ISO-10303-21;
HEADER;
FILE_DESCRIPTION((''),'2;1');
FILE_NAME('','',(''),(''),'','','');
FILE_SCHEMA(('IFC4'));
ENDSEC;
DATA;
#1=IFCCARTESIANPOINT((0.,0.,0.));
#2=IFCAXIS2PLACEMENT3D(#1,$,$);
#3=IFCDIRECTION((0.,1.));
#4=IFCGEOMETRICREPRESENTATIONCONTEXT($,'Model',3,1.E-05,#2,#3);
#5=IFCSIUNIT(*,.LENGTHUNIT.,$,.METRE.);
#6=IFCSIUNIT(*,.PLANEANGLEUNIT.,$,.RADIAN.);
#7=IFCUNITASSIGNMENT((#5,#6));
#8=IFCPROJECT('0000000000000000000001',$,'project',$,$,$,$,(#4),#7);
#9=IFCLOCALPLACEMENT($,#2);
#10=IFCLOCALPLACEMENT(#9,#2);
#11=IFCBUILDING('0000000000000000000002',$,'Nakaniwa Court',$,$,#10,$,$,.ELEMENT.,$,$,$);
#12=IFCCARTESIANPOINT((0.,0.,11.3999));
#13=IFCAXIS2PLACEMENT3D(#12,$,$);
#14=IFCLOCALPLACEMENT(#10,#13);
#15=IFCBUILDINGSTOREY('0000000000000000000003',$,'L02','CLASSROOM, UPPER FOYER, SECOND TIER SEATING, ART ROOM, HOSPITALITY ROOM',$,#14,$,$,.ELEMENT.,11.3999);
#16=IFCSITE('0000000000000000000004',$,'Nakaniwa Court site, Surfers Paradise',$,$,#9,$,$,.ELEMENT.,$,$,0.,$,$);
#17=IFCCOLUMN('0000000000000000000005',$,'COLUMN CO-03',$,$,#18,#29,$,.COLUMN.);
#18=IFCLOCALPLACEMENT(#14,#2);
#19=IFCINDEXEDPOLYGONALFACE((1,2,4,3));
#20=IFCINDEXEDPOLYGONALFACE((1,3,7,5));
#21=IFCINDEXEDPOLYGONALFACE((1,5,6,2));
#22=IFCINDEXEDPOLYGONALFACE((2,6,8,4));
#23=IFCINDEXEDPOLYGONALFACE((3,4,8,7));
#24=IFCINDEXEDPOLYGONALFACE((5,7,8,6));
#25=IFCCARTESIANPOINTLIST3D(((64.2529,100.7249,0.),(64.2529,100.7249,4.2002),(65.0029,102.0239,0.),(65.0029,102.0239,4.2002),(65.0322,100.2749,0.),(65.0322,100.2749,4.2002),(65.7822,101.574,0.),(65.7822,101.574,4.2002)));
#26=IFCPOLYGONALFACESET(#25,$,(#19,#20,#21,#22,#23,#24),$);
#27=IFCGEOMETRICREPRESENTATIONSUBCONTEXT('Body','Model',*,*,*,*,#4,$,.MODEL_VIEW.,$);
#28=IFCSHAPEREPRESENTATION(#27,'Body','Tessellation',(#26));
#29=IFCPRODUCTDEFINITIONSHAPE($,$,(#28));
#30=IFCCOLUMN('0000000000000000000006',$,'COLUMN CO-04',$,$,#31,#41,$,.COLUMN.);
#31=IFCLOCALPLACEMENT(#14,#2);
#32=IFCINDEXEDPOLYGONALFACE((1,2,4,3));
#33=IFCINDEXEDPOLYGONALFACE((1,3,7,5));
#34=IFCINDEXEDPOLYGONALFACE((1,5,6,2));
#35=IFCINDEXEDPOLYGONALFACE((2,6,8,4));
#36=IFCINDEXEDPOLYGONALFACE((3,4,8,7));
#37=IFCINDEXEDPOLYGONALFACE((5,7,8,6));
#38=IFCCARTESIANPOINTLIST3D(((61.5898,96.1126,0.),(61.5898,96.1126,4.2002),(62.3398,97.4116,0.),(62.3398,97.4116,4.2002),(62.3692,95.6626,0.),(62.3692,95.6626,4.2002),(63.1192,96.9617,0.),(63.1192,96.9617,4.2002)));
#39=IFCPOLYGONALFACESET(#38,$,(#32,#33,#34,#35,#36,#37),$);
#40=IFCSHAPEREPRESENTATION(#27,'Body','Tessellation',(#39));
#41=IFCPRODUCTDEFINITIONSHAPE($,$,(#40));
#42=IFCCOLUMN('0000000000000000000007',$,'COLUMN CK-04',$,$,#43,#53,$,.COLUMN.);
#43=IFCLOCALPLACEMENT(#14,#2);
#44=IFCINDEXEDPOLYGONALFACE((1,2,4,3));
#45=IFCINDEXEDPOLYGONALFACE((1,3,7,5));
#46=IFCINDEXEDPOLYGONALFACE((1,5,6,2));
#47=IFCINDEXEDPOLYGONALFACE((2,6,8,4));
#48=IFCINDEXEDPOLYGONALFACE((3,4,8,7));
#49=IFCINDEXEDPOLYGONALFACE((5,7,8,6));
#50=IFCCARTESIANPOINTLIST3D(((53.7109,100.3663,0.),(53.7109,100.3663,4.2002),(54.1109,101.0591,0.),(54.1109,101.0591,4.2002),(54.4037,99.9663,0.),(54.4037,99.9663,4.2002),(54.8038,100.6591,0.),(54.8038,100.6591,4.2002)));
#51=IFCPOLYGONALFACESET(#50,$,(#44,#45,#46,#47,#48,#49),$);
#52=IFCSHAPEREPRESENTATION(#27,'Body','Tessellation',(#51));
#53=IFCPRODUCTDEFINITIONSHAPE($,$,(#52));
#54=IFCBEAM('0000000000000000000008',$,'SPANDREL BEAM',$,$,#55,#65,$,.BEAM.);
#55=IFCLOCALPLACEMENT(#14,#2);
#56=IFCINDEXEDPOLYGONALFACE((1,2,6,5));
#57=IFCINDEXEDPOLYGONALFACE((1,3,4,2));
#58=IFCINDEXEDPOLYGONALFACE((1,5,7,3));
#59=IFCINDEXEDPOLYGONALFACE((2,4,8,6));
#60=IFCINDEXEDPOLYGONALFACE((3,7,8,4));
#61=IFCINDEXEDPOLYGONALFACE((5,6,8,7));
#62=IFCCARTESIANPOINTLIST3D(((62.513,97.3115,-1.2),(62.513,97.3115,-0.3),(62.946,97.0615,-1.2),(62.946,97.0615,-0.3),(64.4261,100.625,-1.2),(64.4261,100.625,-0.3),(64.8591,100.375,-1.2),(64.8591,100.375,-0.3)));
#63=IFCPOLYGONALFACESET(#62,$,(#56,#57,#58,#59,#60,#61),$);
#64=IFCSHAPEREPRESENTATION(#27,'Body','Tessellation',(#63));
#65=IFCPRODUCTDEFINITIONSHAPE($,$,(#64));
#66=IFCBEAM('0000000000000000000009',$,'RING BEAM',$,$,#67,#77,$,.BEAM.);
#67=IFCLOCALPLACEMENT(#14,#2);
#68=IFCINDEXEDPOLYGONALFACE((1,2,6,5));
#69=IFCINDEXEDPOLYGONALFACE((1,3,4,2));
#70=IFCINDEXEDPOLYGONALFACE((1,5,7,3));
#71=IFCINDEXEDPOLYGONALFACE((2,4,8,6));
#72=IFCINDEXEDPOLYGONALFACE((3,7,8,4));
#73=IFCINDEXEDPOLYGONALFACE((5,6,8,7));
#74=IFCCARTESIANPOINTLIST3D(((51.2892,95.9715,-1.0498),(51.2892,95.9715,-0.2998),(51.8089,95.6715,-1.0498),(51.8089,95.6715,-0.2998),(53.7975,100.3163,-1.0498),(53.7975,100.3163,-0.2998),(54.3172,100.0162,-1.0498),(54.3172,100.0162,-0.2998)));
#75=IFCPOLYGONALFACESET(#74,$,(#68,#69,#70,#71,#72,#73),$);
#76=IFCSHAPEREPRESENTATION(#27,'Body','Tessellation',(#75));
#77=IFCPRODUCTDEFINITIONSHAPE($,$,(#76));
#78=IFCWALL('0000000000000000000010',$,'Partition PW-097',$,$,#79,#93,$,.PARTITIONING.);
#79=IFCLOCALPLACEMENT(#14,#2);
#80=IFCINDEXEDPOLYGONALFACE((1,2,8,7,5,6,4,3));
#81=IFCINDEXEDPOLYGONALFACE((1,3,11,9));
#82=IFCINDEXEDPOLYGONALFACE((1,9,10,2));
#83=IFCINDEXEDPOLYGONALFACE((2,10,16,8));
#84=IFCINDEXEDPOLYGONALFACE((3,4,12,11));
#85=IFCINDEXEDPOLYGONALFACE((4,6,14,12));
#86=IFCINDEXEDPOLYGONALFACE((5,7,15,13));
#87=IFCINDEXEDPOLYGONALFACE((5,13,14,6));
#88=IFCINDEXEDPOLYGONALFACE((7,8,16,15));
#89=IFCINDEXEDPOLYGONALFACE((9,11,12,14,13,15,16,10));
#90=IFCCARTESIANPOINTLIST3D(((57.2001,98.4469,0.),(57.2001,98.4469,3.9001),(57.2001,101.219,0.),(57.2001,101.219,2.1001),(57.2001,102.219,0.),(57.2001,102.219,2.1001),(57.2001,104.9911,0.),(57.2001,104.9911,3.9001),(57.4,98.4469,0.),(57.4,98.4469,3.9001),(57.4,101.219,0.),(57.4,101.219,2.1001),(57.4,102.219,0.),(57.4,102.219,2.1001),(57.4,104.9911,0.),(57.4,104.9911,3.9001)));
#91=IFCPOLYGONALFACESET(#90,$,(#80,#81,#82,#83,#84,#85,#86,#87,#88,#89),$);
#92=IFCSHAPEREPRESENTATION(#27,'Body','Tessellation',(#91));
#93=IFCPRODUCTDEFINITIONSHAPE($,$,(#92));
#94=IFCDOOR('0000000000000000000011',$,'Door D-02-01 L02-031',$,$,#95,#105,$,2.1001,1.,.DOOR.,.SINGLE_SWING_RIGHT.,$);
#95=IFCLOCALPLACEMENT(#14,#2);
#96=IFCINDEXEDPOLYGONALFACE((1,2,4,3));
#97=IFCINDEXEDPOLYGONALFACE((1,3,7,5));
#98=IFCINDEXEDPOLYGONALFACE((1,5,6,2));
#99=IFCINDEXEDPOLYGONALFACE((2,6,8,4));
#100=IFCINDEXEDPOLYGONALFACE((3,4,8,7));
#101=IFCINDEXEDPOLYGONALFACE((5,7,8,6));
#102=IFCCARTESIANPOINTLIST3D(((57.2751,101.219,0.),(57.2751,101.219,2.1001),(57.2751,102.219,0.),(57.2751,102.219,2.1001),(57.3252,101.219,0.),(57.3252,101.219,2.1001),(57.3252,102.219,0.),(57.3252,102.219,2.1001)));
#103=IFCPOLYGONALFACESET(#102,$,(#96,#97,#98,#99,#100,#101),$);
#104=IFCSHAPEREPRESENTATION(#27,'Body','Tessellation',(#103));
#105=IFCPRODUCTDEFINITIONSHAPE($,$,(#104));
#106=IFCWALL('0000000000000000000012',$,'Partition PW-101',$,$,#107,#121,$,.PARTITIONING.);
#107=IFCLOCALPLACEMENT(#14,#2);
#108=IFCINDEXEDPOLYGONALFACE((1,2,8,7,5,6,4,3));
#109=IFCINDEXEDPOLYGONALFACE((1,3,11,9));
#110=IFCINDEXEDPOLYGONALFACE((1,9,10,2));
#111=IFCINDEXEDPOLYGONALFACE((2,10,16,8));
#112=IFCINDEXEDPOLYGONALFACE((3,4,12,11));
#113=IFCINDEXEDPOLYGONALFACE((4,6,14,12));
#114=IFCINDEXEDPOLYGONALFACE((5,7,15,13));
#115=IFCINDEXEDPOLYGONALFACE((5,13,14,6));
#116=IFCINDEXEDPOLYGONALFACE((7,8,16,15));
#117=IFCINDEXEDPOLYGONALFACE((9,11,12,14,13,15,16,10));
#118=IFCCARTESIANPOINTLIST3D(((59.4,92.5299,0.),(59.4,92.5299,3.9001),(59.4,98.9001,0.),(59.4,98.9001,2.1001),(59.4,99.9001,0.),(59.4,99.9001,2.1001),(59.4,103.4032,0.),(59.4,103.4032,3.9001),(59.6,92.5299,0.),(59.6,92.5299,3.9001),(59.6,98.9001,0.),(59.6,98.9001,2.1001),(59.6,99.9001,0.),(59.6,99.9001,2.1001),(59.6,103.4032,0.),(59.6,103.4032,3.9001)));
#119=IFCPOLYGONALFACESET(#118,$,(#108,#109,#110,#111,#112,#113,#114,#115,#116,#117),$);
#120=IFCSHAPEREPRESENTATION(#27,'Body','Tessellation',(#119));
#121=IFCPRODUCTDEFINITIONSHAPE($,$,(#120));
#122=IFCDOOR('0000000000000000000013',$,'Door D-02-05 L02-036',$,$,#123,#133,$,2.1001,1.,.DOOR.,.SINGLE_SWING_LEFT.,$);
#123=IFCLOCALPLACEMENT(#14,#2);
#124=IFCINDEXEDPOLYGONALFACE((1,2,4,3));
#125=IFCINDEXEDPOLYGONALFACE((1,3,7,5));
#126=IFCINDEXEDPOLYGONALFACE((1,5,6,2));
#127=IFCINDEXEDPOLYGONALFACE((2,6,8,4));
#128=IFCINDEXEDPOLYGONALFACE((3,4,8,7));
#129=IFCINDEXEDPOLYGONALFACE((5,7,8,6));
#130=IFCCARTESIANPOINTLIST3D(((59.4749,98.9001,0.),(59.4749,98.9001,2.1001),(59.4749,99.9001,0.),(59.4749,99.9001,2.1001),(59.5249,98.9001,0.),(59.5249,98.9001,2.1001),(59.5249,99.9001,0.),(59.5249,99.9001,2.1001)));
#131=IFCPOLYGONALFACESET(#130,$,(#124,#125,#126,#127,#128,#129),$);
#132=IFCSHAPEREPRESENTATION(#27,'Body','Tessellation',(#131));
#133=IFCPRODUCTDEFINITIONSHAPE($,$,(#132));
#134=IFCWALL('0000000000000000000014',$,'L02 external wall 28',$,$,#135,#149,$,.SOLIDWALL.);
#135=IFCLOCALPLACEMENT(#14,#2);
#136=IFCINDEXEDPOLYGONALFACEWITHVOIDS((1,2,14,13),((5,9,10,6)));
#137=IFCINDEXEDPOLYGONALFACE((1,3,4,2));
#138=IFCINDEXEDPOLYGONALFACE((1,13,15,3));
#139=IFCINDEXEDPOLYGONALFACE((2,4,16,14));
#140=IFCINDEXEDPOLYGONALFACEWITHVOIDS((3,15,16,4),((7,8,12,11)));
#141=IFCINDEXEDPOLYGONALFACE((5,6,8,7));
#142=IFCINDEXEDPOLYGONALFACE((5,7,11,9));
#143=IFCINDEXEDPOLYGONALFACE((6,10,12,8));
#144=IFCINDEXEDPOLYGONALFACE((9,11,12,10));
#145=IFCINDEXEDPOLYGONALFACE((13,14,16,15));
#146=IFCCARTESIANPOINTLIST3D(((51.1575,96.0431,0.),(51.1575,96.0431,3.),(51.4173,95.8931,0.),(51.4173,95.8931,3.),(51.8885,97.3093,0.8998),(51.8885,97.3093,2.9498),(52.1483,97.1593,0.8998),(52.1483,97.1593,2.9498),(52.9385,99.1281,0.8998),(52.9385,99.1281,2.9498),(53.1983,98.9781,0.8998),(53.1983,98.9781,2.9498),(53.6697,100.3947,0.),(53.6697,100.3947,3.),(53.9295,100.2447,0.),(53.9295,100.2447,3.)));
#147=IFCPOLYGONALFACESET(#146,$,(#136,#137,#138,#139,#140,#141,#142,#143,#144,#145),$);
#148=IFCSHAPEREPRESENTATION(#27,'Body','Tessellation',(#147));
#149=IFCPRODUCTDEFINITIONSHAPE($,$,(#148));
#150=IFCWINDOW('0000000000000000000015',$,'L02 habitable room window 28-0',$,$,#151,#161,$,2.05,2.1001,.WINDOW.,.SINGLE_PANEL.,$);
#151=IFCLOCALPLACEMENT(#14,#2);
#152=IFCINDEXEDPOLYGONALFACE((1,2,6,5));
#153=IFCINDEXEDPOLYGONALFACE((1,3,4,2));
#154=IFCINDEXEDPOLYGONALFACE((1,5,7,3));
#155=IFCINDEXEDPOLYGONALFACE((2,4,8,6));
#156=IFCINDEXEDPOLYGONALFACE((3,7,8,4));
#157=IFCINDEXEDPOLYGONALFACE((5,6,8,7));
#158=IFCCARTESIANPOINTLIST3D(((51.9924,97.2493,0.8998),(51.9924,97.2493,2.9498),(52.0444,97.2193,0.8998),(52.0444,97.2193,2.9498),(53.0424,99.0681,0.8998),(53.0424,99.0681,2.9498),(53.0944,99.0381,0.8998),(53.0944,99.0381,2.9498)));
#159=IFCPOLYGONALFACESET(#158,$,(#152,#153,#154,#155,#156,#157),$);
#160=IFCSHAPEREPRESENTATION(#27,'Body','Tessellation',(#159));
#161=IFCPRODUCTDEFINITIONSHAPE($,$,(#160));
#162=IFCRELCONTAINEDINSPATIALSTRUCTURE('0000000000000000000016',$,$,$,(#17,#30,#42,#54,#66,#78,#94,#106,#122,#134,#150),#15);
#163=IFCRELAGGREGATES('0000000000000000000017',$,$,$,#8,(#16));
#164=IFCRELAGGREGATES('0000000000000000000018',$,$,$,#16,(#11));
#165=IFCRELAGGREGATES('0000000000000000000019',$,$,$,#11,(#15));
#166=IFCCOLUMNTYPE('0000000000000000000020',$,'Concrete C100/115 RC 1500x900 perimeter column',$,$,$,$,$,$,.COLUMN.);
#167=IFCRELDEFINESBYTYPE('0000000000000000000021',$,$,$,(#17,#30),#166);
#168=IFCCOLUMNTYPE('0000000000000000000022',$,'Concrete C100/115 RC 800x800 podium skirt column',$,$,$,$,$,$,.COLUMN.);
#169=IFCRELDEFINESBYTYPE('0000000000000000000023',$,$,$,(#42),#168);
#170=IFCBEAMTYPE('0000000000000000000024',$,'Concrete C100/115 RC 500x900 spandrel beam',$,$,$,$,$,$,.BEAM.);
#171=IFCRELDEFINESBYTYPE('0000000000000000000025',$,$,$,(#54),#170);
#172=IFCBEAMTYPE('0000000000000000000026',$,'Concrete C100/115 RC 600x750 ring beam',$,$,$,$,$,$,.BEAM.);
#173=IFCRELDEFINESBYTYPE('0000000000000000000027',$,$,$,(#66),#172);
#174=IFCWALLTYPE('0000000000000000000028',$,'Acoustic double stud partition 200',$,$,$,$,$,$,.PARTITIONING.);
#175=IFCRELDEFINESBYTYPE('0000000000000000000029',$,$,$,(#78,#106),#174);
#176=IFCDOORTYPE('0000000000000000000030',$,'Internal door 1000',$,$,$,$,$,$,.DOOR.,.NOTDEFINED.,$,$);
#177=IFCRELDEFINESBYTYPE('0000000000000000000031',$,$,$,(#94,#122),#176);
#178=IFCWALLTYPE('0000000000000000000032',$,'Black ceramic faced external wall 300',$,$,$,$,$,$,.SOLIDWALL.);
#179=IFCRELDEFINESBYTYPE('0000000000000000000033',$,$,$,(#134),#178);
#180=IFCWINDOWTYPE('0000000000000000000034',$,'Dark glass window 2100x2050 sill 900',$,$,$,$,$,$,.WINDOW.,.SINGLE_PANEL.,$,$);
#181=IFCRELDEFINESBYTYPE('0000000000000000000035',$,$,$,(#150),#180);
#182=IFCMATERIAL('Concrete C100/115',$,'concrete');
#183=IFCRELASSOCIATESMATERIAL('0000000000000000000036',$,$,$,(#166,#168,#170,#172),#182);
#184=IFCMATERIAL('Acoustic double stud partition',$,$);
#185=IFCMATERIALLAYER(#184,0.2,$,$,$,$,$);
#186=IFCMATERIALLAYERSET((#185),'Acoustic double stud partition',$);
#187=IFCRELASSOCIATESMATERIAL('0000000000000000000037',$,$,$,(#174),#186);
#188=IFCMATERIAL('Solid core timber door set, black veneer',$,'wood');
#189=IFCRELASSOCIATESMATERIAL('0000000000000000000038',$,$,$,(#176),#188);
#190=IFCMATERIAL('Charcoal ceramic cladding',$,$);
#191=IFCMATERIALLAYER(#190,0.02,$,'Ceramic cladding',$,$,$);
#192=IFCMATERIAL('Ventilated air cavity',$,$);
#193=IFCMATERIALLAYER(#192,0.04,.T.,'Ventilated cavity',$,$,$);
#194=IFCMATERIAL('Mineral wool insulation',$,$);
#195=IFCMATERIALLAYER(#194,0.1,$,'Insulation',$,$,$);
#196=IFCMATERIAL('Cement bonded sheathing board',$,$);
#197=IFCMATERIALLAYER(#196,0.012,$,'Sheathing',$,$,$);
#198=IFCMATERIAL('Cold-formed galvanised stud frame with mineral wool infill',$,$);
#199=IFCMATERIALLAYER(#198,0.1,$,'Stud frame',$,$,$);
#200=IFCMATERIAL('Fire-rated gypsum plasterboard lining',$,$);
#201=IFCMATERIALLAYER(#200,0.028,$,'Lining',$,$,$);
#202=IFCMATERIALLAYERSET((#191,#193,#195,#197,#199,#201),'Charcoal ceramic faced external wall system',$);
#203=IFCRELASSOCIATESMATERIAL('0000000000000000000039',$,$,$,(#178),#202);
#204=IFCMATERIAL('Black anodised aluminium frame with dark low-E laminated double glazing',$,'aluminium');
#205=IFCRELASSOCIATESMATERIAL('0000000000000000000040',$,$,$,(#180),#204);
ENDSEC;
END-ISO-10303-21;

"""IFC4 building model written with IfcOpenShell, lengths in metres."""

from ifc_helpers import new_model, si_unit, direction, frame, frame_2d, origin, origin_2d, place, context, subcontext, project, spatial, rectangle, extrude, material, layer, layer_set, material_profile, profile_set, type_object, element, fill, save


model = new_model("IFC4")

# Units and contexts
model_context = context("Model", 3, precision=1e-05, world=origin(), true_north=direction((0.0, 1.0)))
body_context = subcontext(model_context, "Body", "Model", "MODEL_VIEW")
ifc_project = project(units=[si_unit("LENGTHUNIT", "METRE"), si_unit("PLANEANGLEUNIT", "RADIAN")], contexts=[model_context])

# Site, building, storey
site_placement = place(None, origin())
site = spatial("IfcSite", under=ifc_project, at=site_placement, Name="Nakaniwa Court site, Surfers Paradise", CompositionType="ELEMENT", RefElevation=0.0)
building_placement = place(site_placement, origin())
building = spatial("IfcBuilding", under=site, at=building_placement, Name="Nakaniwa Court", CompositionType="ELEMENT")
storey_placement = place(building_placement, frame((0.0, 0.0, 11.3999)))
storey = spatial("IfcBuildingStorey", under=building, at=storey_placement, Name="L02", Description="CLASSROOM, UPPER FOYER, SECOND TIER SEATING, ART ROOM, HOSPITALITY ROOM", CompositionType="ELEMENT", Elevation=11.3999)

# Columns
ifc_material_1 = material(Name="Concrete C100/115", Category="concrete")
ifc_material_profile_1 = material_profile(ifc_material_1, rectangle(XDim=1.5, YDim=0.8999, at=origin_2d()), Name="Concrete C100/115 RC 1500x900 perimeter column")
ifc_profile_set_1 = profile_set([ifc_material_profile_1], Name="Concrete C100/115")
column_type_1 = type_object("IfcColumnType", Name="Concrete C100/115 RC 1500x900 perimeter column", PredefinedType="COLUMN", material=ifc_profile_set_1)
for number, where, z_axis, x_axis, name in (
    (1, (65.0176, 101.1494, 0.0), (0.0, 0.0, 1.0), (-0.5, -0.866025, 0.0), "COLUMN CO-03"),
    (2, (62.3545, 96.5371, 0.0), (0.0, 0.0, 1.0), (-0.5, -0.866025, 0.0), "COLUMN CO-04"),
):
    element("IfcColumn", number, at=place(storey_placement, frame(where, z_axis=z_axis, x_axis=x_axis)), inside=storey, type_object=column_type_1, Name=name, PredefinedType="COLUMN", context=body_context, shape_type="SweptSolid", body=[
        extrude(rectangle(XDim=1.5, YDim=0.8999, at=origin_2d()), origin(), (0.0, 0.0, 1.0), 4.2002),
    ])
ifc_material_profile_2 = material_profile(ifc_material_1, rectangle(XDim=0.8, YDim=0.8, at=origin_2d()), Name="Concrete C100/115 RC 800x800 podium skirt column")
ifc_profile_set_2 = profile_set([ifc_material_profile_2], Name="Concrete C100/115")
column_type_2 = type_object("IfcColumnType", Name="Concrete C100/115 RC 800x800 podium skirt column", PredefinedType="COLUMN", material=ifc_profile_set_2)
column_placement = place(storey_placement, frame((54.2573, 100.5127, 0.0), z_axis=(0.0, 0.0, 1.0), x_axis=(-0.5, -0.866025, 0.0)))
element("IfcColumn", 3, at=column_placement, inside=storey, type_object=column_type_2, Name="COLUMN CK-04", PredefinedType="COLUMN", context=body_context, shape_type="SweptSolid", body=[
    extrude(rectangle(XDim=0.8, YDim=0.8, at=origin_2d()), origin(), (0.0, 0.0, 1.0), 4.2002),
])

# Beams
ifc_material_profile_3 = material_profile(ifc_material_1, rectangle(XDim=0.5, YDim=0.8999, at=origin_2d()), Name="Concrete C100/115 RC 500x900 spandrel beam")
ifc_profile_set_3 = profile_set([ifc_material_profile_3], Name="Concrete C100/115")
beam_type_1 = type_object("IfcBeamType", Name="Concrete C100/115 RC 500x900 spandrel beam", PredefinedType="BEAM", material=ifc_profile_set_3)
beam_1_placement = place(storey_placement, frame((64.6426, 100.5, -0.75), z_axis=(-0.50001, -0.86602, 0.0), x_axis=(0.86602, -0.50001, 0.0)))
element("IfcBeam", 4, at=beam_1_placement, inside=storey, type_object=beam_type_1, Name="SPANDREL BEAM", PredefinedType="BEAM", context=body_context, shape_type="SweptSolid", body=[
    extrude(rectangle(XDim=0.5, YDim=0.8999, at=origin_2d()), origin(), (0.0, 0.0, 1.0), 3.8262),
])
ifc_material_profile_4 = material_profile(ifc_material_1, rectangle(XDim=0.6001, YDim=0.75, at=origin_2d()), Name="Concrete C100/115 RC 600x750 ring beam")
ifc_profile_set_4 = profile_set([ifc_material_profile_4], Name="Concrete C100/115")
beam_type_2 = type_object("IfcBeamType", Name="Concrete C100/115 RC 600x750 ring beam", PredefinedType="BEAM", material=ifc_profile_set_4)
beam_2_placement = place(storey_placement, frame((54.0574, 100.1663, -0.6748), z_axis=(-0.499981, -0.866036, 0.0), x_axis=(0.866036, -0.499981, 0.0)))
element("IfcBeam", 5, at=beam_2_placement, inside=storey, type_object=beam_type_2, Name="RING BEAM", PredefinedType="BEAM", context=body_context, shape_type="SweptSolid", body=[
    extrude(rectangle(XDim=0.6001, YDim=0.75, at=origin_2d()), origin(), (0.0, 0.0, 1.0), 5.0168),
])

# Walls, openings, doors
ifc_material_2 = material(Name="Acoustic double stud partition")
ifc_layer_1 = layer(ifc_material_2, 0.2)
ifc_layer_set_1 = layer_set([ifc_layer_1], Name="Acoustic double stud partition")
wall_type_1 = type_object("IfcWallType", Name="Acoustic double stud partition 200", PredefinedType="PARTITIONING", material=ifc_layer_set_1)
wall_1_placement = place(storey_placement, frame((57.3, 98.447, 0.0), z_axis=(0.0, 0.0, 1.0), x_axis=(0.0, 1.0, 0.0)))
wall_1 = element("IfcWall", 6, at=wall_1_placement, inside=storey, type_object=wall_type_1, Name="Partition PW-097", PredefinedType="PARTITIONING", context=body_context, shape_type="SweptSolid", body=[
    extrude(rectangle(XDim=6.5442, YDim=0.2, at=frame_2d((3.272, 0.0))), origin(), (0.0, 0.0, 1.0), 3.9001),
])
opening_1_placement = place(wall_1_placement, frame((2.772, 0.0, 0.0)))
opening_1 = element("IfcOpeningElement", 7, at=opening_1_placement, cuts=wall_1, PredefinedType="OPENING", context=body_context, shape_type="SweptSolid", body=[
    extrude(rectangle(XDim=1.0, YDim=2.1001, at=frame_2d((0.5, 1.05))), frame((0.0, 0.1099, 0.0), z_axis=(0.0, -1.0, 0.0), x_axis=(1.0, 0.0, 0.0)), (0.0, 0.0, 1.0), 0.22),
])
ifc_material_3 = material(Name="Solid core timber door set, black veneer", Category="wood")
door_type_1 = type_object("IfcDoorType", Name="Internal door 1000", OperationType="NOTDEFINED", PredefinedType="DOOR", material=ifc_material_3)
door_1_placement = place(opening_1_placement, origin())
door_1 = element("IfcDoor", 8, at=door_1_placement, inside=storey, type_object=door_type_1, Name="Door D-02-01 L02-031", OperationType="SINGLE_SWING_RIGHT", OverallHeight=2.1001, OverallWidth=1.0, PredefinedType="DOOR", context=body_context, shape_type="SweptSolid", body=[
    extrude(rectangle(XDim=1.0, YDim=2.1001, at=frame_2d((0.5, 1.05))), frame((0.0, 0.0249, 0.0), z_axis=(0.0, -1.0, 0.0), x_axis=(1.0, 0.0, 0.0)), (0.0, 0.0, 1.0), 0.05),
])
fill(opening_1, door_1)
wall_2_placement = place(storey_placement, frame((59.5, 103.4031, 0.0), z_axis=(0.0, 0.0, 1.0), x_axis=(0.0, -1.0, 0.0)))
wall_2 = element("IfcWall", 9, at=wall_2_placement, inside=storey, type_object=wall_type_1, Name="Partition PW-101", PredefinedType="PARTITIONING", context=body_context, shape_type="SweptSolid", body=[
    extrude(rectangle(XDim=10.8733, YDim=0.2, at=frame_2d((5.4365, 0.0))), origin(), (0.0, 0.0, 1.0), 3.9001),
])
opening_2_placement = place(wall_2_placement, frame((3.5029, 0.0, 0.0)))
opening_2 = element("IfcOpeningElement", 10, at=opening_2_placement, cuts=wall_2, PredefinedType="OPENING", context=body_context, shape_type="SweptSolid", body=[
    extrude(rectangle(XDim=1.0, YDim=2.1001, at=frame_2d((0.5, 1.05))), frame((0.0, 0.1099, 0.0), z_axis=(0.0, -1.0, 0.0), x_axis=(1.0, 0.0, 0.0)), (0.0, 0.0, 1.0), 0.22),
])
door_2_placement = place(opening_2_placement, origin())
door_2 = element("IfcDoor", 11, at=door_2_placement, inside=storey, type_object=door_type_1, Name="Door D-02-05 L02-036", OperationType="SINGLE_SWING_LEFT", OverallHeight=2.1001, OverallWidth=1.0, PredefinedType="DOOR", context=body_context, shape_type="SweptSolid", body=[
    extrude(rectangle(XDim=1.0, YDim=2.1001, at=frame_2d((0.5, 1.05))), frame((0.0, 0.0249, 0.0), z_axis=(0.0, -1.0, 0.0), x_axis=(1.0, 0.0, 0.0)), (0.0, 0.0, 1.0), 0.05),
])
fill(opening_2, door_2)

# Wall, opening, window
ifc_material_4 = material(Name="Charcoal ceramic cladding")
ifc_layer_2 = layer(ifc_material_4, 0.02, Name="Ceramic cladding")
ifc_material_5 = material(Name="Ventilated air cavity")
ifc_layer_3 = layer(ifc_material_5, 0.04, ventilated=True, Name="Ventilated cavity")
ifc_material_6 = material(Name="Mineral wool insulation")
ifc_layer_4 = layer(ifc_material_6, 0.1, Name="Insulation")
ifc_material_7 = material(Name="Cement bonded sheathing board")
ifc_layer_5 = layer(ifc_material_7, 0.012, Name="Sheathing")
ifc_material_8 = material(Name="Cold-formed galvanised stud frame with mineral wool infill")
ifc_layer_6 = layer(ifc_material_8, 0.1, Name="Stud frame")
ifc_material_9 = material(Name="Fire-rated gypsum plasterboard lining")
ifc_layer_7 = layer(ifc_material_9, 0.028, Name="Lining")
ifc_layer_set_2 = layer_set([ifc_layer_2, ifc_layer_3, ifc_layer_4, ifc_layer_5, ifc_layer_6, ifc_layer_7], Name="Charcoal ceramic faced external wall system")
wall_type_2 = type_object("IfcWallType", Name="Black ceramic faced external wall 300", PredefinedType="SOLIDWALL", material=ifc_layer_set_2)
wall_3_placement = place(storey_placement, frame((53.7996, 100.3196, 0.0), z_axis=(0.0, 0.0, 1.0), x_axis=(-0.499975, -0.86604, 0.0)))
wall_3 = element("IfcWall", 12, at=wall_3_placement, inside=storey, type_object=wall_type_2, Name="L02 external wall 28", PredefinedType="SOLIDWALL", context=body_context, shape_type="SweptSolid", body=[
    extrude(rectangle(XDim=5.0247, YDim=0.3, at=frame_2d((2.5122, 0.0))), origin(), (0.0, 0.0, 1.0), 3.0),
])
opening_3_placement = place(wall_3_placement, frame((1.4624, 0.0, 0.8999)))
opening_3 = element("IfcOpeningElement", 13, at=opening_3_placement, cuts=wall_3, PredefinedType="OPENING", context=body_context, shape_type="SweptSolid", body=[
    extrude(rectangle(XDim=2.1001, YDim=2.05, at=frame_2d((1.05, 1.0249))), frame((0.0, 0.1599, 0.0), z_axis=(0.0, -1.0, 0.0), x_axis=(1.0, 0.0, 0.0)), (0.0, 0.0, 1.0), 0.3201),
])
ifc_material_10 = material(Name="Black anodised aluminium frame with dark low-E laminated double glazing", Category="aluminium")
window_type = type_object("IfcWindowType", Name="Dark glass window 2100x2050 sill 900", PartitioningType="SINGLE_PANEL", PredefinedType="WINDOW", material=ifc_material_10)
window_placement = place(opening_3_placement, origin())
window = element("IfcWindow", 14, at=window_placement, inside=storey, type_object=window_type, Name="L02 habitable room window 28-0", OverallHeight=2.05, OverallWidth=2.1001, PartitioningType="SINGLE_PANEL", PredefinedType="WINDOW", context=body_context, shape_type="SweptSolid", body=[
    extrude(rectangle(XDim=2.1001, YDim=2.05, at=frame_2d((1.05, 1.0249))), frame((0.0, 0.03, 0.0), z_axis=(0.0, -1.0, 0.0), x_axis=(1.0, 0.0, 0.0)), (0.0, 0.0, 1.0), 0.0601),
])
fill(opening_3, window)

save(model, "model.ifc")
